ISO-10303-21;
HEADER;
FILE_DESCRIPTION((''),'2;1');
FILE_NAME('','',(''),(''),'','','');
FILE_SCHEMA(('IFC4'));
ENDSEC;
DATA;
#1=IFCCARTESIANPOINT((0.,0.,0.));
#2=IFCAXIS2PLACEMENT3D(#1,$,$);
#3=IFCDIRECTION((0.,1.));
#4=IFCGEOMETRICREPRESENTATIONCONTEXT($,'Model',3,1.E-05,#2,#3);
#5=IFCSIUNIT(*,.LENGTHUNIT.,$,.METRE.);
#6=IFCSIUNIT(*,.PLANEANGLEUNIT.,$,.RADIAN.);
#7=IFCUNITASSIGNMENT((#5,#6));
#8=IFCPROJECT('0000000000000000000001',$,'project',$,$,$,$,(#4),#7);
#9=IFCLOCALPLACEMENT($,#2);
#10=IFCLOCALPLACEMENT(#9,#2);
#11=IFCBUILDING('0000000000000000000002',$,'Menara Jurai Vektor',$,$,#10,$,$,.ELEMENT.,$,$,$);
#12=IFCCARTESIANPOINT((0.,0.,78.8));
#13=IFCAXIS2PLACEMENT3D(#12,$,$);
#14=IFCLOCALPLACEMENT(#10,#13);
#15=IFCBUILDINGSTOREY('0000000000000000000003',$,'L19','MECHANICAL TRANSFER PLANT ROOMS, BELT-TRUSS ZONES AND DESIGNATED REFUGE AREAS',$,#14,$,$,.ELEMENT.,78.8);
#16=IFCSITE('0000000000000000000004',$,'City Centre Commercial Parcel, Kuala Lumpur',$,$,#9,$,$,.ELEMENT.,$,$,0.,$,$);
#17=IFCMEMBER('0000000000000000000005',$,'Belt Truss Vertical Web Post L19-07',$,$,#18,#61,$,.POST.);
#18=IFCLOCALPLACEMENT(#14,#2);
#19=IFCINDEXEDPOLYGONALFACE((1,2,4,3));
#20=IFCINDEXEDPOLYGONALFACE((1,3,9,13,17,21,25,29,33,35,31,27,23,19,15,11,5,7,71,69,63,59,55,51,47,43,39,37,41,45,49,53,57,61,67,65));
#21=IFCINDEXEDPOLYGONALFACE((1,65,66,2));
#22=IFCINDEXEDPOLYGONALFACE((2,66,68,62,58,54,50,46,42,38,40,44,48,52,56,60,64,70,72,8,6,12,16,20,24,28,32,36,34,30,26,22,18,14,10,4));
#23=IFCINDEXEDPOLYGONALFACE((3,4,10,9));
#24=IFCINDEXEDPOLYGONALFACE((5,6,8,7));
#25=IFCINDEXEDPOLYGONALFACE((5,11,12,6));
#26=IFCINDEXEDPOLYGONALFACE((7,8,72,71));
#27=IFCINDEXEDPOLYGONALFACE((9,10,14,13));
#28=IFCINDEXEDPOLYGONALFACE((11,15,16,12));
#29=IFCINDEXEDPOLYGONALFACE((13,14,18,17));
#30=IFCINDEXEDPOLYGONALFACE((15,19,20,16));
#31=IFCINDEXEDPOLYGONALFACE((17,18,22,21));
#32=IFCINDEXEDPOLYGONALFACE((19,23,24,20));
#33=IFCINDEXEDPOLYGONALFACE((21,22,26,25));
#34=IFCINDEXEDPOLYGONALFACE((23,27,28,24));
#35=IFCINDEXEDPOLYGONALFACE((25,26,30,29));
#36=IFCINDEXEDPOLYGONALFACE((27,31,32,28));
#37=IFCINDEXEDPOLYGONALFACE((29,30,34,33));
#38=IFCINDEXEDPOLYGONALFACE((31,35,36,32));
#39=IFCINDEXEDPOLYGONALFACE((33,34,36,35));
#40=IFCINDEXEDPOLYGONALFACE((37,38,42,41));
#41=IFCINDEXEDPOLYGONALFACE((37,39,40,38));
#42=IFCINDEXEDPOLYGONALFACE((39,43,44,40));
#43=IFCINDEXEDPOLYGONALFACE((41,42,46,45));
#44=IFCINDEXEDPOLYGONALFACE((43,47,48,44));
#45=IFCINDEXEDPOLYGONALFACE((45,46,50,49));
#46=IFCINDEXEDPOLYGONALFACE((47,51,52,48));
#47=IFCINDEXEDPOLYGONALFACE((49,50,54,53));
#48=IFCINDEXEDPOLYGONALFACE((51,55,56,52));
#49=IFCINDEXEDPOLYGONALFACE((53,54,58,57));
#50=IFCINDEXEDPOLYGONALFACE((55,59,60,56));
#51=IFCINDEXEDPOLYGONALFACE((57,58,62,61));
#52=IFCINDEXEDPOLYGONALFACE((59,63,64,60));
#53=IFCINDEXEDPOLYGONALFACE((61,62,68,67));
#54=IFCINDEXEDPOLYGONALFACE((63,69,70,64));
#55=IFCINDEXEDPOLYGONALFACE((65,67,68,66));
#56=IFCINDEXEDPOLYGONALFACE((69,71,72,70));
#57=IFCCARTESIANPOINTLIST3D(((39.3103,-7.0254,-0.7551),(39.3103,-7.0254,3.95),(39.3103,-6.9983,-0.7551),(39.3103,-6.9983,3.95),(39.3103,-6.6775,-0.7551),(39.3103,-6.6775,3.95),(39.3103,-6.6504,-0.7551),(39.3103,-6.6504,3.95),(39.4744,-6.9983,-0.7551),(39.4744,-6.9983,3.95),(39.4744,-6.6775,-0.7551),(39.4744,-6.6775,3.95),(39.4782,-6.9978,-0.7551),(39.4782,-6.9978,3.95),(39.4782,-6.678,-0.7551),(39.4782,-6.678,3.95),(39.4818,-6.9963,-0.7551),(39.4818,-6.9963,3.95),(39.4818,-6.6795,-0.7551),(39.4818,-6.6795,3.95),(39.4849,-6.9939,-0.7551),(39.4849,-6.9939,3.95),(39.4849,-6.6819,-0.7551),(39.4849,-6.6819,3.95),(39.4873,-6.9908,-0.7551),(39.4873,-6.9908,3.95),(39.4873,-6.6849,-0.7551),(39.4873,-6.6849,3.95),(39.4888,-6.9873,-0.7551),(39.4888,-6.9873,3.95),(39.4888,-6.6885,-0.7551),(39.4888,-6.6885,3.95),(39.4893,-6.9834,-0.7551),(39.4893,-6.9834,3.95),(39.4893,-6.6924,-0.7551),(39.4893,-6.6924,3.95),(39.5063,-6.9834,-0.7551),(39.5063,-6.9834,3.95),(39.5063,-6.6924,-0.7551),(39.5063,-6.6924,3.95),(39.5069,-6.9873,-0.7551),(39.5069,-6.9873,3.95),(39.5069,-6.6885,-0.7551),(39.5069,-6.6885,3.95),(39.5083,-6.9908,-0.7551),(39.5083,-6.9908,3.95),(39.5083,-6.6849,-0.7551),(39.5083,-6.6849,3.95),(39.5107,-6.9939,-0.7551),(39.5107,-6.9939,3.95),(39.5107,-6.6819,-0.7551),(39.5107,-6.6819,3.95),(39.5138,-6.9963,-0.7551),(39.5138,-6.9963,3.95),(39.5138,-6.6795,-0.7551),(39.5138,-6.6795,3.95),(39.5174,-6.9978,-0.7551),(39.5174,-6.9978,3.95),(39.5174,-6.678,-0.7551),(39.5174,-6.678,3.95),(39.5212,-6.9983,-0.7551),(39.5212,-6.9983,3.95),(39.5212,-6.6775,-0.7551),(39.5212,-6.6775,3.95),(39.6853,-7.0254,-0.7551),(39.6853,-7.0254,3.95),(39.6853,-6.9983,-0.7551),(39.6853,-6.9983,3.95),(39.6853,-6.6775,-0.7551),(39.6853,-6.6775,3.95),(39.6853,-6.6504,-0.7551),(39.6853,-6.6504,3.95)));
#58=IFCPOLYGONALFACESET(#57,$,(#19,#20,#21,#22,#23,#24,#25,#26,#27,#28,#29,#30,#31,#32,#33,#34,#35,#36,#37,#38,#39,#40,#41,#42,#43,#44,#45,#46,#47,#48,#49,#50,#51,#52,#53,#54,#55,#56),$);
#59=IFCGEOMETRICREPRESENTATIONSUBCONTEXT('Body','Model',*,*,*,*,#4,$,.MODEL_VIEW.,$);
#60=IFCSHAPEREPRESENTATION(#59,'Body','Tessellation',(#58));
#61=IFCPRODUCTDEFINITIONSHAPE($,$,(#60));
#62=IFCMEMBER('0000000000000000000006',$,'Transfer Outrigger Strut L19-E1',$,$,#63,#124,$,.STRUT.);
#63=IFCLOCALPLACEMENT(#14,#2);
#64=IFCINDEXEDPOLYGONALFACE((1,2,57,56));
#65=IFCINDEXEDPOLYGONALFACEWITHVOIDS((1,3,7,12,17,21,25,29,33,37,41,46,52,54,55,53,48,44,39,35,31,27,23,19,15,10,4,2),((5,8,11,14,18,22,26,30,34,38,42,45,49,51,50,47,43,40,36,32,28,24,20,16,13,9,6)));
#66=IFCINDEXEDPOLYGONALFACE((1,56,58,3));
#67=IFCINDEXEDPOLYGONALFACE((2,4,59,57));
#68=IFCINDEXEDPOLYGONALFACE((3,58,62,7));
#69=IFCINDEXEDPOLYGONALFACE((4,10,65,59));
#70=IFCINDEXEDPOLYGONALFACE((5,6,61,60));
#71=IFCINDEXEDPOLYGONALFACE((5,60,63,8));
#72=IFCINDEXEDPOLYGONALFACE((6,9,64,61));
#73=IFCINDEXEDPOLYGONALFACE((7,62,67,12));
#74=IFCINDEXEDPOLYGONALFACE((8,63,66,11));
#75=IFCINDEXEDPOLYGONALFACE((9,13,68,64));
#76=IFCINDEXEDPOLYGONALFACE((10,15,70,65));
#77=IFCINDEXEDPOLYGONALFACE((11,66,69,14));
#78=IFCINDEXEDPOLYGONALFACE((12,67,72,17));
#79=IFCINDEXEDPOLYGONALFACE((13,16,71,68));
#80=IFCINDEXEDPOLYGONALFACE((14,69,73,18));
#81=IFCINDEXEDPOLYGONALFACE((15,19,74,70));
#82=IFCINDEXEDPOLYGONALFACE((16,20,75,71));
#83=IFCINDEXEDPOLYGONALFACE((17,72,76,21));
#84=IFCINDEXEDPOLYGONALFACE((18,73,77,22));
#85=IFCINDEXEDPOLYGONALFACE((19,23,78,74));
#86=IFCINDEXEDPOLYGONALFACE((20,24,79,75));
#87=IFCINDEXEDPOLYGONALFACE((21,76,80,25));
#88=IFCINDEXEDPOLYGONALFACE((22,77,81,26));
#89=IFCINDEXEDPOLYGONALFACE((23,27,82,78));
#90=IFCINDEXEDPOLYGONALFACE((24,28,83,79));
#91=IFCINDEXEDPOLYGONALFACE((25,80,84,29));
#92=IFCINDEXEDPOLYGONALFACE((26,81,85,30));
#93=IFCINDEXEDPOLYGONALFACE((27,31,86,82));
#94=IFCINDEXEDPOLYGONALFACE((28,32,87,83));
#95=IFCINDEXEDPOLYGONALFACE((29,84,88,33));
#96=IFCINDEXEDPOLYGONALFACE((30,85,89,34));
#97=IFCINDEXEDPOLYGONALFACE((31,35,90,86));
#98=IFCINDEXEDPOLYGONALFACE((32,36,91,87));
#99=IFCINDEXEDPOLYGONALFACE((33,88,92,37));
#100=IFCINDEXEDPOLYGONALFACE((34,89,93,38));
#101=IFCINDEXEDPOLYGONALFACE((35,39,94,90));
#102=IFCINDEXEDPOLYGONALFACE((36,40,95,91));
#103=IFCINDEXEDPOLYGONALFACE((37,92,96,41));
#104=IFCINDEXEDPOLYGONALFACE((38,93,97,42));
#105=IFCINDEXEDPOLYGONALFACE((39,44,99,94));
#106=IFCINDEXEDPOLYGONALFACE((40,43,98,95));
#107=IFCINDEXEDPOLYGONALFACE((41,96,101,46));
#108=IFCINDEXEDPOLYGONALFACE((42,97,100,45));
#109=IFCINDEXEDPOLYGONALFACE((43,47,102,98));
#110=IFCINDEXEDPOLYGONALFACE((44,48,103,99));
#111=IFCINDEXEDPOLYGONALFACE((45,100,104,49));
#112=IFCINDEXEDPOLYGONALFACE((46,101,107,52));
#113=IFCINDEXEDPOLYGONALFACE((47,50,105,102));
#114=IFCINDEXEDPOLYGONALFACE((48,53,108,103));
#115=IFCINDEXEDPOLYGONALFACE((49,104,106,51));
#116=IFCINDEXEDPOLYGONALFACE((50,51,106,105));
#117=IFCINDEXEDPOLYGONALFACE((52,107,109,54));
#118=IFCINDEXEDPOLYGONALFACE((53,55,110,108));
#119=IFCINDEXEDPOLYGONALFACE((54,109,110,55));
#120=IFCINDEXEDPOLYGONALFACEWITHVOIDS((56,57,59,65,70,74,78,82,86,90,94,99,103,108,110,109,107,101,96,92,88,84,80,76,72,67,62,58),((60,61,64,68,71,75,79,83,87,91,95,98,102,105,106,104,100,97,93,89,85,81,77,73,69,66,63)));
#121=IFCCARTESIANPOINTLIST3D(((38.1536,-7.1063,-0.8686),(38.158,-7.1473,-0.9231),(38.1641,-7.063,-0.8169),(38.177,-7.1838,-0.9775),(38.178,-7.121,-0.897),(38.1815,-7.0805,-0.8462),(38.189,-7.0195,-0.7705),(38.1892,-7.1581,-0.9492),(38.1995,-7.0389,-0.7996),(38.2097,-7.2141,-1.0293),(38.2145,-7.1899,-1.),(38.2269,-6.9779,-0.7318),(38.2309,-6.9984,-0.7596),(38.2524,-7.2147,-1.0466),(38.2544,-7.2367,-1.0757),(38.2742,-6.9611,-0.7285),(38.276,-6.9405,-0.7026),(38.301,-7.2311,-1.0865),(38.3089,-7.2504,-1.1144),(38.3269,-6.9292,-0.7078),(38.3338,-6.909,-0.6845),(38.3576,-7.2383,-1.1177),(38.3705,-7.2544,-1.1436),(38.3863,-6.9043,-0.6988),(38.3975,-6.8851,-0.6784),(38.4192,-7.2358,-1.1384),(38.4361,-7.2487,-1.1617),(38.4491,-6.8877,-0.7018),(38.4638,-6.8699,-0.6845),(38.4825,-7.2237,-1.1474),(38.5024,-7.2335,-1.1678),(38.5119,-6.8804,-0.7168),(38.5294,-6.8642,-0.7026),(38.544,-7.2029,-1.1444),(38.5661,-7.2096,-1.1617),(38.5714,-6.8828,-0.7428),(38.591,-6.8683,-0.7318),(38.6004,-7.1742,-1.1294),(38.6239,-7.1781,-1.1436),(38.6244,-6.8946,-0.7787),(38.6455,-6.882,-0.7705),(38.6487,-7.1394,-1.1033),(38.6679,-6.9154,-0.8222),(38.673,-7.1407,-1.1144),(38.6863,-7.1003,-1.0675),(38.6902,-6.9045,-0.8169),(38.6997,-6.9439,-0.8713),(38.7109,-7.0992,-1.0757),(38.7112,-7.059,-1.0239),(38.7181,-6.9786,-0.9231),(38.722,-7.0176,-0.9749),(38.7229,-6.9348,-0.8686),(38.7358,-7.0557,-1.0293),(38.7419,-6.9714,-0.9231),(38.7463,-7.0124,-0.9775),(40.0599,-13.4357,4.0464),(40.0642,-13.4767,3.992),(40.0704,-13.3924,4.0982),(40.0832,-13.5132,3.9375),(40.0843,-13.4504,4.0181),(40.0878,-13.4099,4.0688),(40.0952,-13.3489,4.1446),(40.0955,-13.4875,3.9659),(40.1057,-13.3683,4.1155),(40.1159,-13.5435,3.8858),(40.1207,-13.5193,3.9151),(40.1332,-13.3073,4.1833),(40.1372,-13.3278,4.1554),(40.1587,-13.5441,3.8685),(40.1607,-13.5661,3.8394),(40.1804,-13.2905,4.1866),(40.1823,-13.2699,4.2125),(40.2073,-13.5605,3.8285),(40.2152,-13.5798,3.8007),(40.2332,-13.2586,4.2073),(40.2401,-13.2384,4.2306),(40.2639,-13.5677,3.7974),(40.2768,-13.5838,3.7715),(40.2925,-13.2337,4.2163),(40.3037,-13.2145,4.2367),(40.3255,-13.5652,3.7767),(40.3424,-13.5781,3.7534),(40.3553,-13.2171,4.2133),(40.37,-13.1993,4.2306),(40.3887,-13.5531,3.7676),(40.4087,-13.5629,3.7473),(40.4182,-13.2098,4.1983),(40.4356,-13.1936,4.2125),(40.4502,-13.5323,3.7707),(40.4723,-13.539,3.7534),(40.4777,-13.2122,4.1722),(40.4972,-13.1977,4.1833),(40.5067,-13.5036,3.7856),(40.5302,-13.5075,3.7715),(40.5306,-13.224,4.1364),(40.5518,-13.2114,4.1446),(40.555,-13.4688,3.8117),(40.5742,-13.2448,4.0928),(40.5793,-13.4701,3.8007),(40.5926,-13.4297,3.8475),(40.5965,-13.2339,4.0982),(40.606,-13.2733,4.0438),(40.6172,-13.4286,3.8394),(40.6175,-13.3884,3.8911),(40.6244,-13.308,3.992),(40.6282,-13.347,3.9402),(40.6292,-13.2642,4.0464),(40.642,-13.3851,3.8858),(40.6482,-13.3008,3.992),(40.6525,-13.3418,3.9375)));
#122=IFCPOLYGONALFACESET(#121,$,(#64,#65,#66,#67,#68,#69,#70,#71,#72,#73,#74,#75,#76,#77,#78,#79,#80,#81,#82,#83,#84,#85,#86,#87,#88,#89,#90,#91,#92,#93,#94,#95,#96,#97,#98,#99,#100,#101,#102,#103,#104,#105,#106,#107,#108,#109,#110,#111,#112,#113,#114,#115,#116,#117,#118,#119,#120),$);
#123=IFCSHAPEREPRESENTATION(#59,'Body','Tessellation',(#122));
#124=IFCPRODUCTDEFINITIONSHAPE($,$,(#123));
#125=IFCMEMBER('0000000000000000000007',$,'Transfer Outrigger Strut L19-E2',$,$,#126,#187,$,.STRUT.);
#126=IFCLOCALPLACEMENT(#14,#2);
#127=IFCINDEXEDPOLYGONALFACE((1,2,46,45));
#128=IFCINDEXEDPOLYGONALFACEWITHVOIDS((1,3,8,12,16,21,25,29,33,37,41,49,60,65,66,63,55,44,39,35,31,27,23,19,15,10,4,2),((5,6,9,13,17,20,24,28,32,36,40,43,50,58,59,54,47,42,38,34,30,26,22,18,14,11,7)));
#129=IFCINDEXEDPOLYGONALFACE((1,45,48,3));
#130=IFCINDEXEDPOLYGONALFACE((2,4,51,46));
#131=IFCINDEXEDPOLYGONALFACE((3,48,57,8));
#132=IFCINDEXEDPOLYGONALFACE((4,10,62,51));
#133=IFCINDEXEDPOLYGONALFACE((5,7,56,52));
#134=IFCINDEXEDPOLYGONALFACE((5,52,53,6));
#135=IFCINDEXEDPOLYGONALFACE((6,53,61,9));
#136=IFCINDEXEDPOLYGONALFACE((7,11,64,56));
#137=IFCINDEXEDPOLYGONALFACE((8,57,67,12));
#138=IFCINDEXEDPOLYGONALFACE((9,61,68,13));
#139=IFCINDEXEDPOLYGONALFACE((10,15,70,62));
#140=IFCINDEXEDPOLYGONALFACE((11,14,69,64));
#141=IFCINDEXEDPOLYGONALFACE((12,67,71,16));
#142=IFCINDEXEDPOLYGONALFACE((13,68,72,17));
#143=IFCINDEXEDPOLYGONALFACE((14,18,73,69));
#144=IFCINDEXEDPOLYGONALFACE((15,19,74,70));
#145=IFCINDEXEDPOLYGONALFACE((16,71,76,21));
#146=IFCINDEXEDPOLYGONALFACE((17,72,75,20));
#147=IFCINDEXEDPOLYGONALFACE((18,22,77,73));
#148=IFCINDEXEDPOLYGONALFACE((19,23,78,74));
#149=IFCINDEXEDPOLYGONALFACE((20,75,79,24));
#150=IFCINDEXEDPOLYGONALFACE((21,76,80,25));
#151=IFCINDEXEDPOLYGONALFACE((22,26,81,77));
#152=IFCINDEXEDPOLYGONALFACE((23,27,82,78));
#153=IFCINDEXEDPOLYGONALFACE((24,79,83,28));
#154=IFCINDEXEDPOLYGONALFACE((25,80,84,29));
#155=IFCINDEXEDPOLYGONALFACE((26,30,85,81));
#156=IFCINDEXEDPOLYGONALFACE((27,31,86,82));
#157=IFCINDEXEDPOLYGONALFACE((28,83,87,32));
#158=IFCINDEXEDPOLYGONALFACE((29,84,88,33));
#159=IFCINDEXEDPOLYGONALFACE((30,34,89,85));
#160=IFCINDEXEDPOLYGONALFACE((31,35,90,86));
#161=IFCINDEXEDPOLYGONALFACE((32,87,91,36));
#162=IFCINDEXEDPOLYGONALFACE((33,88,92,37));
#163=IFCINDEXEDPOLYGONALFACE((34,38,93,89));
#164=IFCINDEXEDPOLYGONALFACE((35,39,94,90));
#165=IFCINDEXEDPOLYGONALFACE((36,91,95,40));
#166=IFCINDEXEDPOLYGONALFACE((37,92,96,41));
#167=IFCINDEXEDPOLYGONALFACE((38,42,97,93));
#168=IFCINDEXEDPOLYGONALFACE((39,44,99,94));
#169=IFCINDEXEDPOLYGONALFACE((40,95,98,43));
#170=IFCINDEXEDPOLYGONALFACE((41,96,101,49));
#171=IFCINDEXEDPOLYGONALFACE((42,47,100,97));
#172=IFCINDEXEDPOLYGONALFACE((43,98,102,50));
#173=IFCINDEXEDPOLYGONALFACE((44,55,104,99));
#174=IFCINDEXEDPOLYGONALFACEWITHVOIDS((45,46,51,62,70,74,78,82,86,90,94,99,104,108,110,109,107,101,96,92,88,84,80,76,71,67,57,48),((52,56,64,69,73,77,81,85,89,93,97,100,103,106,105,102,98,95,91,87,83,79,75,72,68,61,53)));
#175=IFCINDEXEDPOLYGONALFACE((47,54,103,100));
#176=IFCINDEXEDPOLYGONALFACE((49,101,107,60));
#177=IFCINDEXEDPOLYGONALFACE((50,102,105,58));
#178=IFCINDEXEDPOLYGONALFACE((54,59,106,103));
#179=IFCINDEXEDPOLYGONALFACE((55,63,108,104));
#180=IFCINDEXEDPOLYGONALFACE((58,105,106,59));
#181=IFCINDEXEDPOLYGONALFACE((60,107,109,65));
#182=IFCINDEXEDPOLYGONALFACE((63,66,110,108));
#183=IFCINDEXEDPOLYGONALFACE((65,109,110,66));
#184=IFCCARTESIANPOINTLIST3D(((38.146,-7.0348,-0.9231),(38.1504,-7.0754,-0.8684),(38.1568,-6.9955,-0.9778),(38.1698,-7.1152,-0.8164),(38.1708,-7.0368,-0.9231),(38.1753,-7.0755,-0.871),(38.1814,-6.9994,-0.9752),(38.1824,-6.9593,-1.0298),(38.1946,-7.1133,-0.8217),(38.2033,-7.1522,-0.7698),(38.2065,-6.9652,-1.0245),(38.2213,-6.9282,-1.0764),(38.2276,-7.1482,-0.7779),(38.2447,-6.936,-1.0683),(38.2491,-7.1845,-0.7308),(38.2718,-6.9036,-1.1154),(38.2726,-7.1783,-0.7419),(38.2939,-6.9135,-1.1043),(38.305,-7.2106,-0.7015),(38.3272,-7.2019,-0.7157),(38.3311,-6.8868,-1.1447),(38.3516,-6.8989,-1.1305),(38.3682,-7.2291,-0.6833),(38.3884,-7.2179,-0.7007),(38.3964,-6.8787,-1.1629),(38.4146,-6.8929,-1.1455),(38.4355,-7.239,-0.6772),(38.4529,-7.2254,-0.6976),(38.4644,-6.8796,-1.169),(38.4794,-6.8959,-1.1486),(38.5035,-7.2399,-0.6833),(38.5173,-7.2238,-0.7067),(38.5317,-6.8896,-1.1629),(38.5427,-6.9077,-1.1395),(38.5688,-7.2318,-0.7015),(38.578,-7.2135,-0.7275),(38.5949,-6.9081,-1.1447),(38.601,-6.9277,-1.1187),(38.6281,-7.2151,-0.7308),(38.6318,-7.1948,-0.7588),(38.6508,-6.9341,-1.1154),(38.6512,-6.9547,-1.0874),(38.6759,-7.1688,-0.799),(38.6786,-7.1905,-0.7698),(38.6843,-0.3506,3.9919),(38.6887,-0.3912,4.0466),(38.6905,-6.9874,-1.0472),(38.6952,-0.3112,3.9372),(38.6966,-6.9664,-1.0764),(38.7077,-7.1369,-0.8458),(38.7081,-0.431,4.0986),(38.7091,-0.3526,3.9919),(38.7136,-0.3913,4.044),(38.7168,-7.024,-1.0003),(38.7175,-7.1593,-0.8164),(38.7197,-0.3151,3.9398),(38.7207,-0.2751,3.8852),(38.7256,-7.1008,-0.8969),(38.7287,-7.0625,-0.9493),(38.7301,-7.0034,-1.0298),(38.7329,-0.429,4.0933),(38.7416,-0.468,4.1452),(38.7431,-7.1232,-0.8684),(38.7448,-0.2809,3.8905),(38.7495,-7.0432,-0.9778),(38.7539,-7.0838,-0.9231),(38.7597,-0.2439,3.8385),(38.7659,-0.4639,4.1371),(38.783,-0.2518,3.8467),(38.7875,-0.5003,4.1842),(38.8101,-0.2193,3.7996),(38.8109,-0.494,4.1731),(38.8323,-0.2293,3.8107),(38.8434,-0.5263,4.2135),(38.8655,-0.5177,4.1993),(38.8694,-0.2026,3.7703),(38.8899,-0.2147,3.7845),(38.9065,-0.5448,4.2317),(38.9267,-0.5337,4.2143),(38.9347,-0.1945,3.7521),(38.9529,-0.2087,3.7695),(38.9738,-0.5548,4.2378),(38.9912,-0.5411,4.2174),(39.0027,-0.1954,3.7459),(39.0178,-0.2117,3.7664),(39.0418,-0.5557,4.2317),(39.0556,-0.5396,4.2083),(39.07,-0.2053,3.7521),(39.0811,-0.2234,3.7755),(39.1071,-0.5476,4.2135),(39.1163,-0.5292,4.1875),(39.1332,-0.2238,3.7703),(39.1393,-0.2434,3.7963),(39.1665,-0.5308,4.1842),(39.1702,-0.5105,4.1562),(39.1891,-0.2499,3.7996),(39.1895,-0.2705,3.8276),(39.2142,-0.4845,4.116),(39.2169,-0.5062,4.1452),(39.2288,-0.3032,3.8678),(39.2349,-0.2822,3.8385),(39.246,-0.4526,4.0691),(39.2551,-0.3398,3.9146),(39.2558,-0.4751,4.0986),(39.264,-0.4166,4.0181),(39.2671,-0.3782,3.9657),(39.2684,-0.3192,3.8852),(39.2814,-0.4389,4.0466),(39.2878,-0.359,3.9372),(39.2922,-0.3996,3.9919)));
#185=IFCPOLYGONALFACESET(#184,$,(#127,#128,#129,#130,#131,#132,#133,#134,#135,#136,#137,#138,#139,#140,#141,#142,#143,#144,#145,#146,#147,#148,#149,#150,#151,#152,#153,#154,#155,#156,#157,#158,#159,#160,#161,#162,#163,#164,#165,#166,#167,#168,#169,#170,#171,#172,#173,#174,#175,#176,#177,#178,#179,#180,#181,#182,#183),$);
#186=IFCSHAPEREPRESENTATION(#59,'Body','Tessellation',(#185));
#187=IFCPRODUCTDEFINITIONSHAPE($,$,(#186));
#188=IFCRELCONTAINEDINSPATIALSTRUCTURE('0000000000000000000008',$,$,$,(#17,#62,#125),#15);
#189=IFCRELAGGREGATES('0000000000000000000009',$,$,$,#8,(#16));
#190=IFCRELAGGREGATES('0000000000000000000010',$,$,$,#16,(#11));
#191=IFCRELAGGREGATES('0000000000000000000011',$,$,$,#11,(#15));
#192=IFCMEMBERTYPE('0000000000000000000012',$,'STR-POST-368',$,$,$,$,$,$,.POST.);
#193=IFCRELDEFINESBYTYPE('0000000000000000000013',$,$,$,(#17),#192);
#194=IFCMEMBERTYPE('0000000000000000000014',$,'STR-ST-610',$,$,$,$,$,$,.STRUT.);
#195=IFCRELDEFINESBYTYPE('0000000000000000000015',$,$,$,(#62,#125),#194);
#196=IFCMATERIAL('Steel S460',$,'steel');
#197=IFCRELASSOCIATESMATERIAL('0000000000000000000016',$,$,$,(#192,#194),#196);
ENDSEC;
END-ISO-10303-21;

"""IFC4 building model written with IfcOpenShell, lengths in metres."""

from ifc_helpers import new_model, si_unit, direction, frame, origin, origin_2d, place, context, subcontext, project, spatial, hollow_circle, i_section, extrude, material, material_profile, profile_set, type_object, element, save


model = new_model("IFC4")

# Units and contexts
model_context = context("Model", 3, precision=1e-05, world=origin(), true_north=direction((0.0, 1.0)))
body_context = subcontext(model_context, "Body", "Model", "MODEL_VIEW")
ifc_project = project(units=[si_unit("LENGTHUNIT", "METRE"), si_unit("PLANEANGLEUNIT", "RADIAN")], contexts=[model_context])

# Site, building, storey
site_placement = place(None, origin())
site = spatial("IfcSite", under=ifc_project, at=site_placement, Name="City Centre Commercial Parcel, Kuala Lumpur", CompositionType="ELEMENT", RefElevation=0.0)
building_placement = place(site_placement, origin())
building = spatial("IfcBuilding", under=site, at=building_placement, Name="Menara Jurai Vektor", CompositionType="ELEMENT")
storey_placement = place(building_placement, frame((0.0, 0.0, 78.8)))
storey = spatial("IfcBuildingStorey", under=building, at=storey_placement, Name="L19", Description="MECHANICAL TRANSFER PLANT ROOMS, BELT-TRUSS ZONES AND DESIGNATED REFUGE AREAS", CompositionType="ELEMENT", Elevation=78.8)

# Shared definitions
ifc_material_1 = material(Name="Steel S460", Category="steel")

# Members
ifc_material_profile_1 = material_profile(ifc_material_1, i_section(OverallWidth=0.375, OverallDepth=0.375, WebThickness=0.0171, FlangeThickness=0.0271, FilletRadius=0.0149, at=origin_2d()), Name="UKC 356x368x202")
ifc_profile_set_1 = profile_set([ifc_material_profile_1], Name="Steel S460")
member_type_1 = type_object("IfcMemberType", Name="STR-POST-368", PredefinedType="POST", material=ifc_profile_set_1)
for number, where, z_axis, x_axis, name in (
    (1, (39.4978, -6.8379, -0.7551), (0.0, 0.0, 1.0), (1.0, 0.0, 0.0), "Belt Truss Vertical Web Post L19-07"),
):
    element("IfcMember", number, at=place(storey_placement, frame(where, z_axis=z_axis, x_axis=x_axis)), inside=storey, type_object=member_type_1, Name=name, PredefinedType="POST", context=body_context, shape_type="SweptSolid", body=[
        extrude(i_section(OverallWidth=0.375, OverallDepth=0.375, WebThickness=0.0171, FlangeThickness=0.0271, FilletRadius=0.0149, at=origin_2d()), origin(), (0.0, 0.0, 1.0), 4.7051),
    ])
ifc_material_profile_2 = material_profile(ifc_material_1, hollow_circle(Radius=0.3049, WallThickness=0.0249, at=origin_2d()), Name="CHS 610x25")
ifc_profile_set_2 = profile_set([ifc_material_profile_2], Name="Steel S460")
member_type_2 = type_object("IfcMemberType", Name="STR-ST-610", PredefinedType="STRUT", material=ifc_profile_set_2)
member_1_placement = place(storey_placement, frame((38.45, -7.0593, -0.9231), z_axis=(0.231419, -0.768382, 0.596686), x_axis=(0.957516, 0.288381, 0.0)))
element("IfcMember", 2, at=member_1_placement, inside=storey, type_object=member_type_2, Name="Transfer Outrigger Strut L19-E1", PredefinedType="STRUT", context=body_context, shape_type="SweptSolid", body=[
    extrude(hollow_circle(Radius=0.3049, WallThickness=0.0249, at=origin_2d()), origin(), (0.0, 0.0, 1.0), 8.2373),
])
member_2_placement = place(storey_placement, frame((38.45, -7.0593, -0.9231), z_axis=(0.064747, 0.803955, 0.591155), x_axis=(-0.996773, 0.080276, 0.0)))
element("IfcMember", 3, at=member_2_placement, inside=storey, type_object=member_type_2, Name="Transfer Outrigger Strut L19-E2", PredefinedType="STRUT", context=body_context, shape_type="SweptSolid", body=[
    extrude(hollow_circle(Radius=0.3049, WallThickness=0.0249, at=origin_2d()), origin(), (0.0, 0.0, 1.0), 8.3142),
])

save(model, "model.ifc")
